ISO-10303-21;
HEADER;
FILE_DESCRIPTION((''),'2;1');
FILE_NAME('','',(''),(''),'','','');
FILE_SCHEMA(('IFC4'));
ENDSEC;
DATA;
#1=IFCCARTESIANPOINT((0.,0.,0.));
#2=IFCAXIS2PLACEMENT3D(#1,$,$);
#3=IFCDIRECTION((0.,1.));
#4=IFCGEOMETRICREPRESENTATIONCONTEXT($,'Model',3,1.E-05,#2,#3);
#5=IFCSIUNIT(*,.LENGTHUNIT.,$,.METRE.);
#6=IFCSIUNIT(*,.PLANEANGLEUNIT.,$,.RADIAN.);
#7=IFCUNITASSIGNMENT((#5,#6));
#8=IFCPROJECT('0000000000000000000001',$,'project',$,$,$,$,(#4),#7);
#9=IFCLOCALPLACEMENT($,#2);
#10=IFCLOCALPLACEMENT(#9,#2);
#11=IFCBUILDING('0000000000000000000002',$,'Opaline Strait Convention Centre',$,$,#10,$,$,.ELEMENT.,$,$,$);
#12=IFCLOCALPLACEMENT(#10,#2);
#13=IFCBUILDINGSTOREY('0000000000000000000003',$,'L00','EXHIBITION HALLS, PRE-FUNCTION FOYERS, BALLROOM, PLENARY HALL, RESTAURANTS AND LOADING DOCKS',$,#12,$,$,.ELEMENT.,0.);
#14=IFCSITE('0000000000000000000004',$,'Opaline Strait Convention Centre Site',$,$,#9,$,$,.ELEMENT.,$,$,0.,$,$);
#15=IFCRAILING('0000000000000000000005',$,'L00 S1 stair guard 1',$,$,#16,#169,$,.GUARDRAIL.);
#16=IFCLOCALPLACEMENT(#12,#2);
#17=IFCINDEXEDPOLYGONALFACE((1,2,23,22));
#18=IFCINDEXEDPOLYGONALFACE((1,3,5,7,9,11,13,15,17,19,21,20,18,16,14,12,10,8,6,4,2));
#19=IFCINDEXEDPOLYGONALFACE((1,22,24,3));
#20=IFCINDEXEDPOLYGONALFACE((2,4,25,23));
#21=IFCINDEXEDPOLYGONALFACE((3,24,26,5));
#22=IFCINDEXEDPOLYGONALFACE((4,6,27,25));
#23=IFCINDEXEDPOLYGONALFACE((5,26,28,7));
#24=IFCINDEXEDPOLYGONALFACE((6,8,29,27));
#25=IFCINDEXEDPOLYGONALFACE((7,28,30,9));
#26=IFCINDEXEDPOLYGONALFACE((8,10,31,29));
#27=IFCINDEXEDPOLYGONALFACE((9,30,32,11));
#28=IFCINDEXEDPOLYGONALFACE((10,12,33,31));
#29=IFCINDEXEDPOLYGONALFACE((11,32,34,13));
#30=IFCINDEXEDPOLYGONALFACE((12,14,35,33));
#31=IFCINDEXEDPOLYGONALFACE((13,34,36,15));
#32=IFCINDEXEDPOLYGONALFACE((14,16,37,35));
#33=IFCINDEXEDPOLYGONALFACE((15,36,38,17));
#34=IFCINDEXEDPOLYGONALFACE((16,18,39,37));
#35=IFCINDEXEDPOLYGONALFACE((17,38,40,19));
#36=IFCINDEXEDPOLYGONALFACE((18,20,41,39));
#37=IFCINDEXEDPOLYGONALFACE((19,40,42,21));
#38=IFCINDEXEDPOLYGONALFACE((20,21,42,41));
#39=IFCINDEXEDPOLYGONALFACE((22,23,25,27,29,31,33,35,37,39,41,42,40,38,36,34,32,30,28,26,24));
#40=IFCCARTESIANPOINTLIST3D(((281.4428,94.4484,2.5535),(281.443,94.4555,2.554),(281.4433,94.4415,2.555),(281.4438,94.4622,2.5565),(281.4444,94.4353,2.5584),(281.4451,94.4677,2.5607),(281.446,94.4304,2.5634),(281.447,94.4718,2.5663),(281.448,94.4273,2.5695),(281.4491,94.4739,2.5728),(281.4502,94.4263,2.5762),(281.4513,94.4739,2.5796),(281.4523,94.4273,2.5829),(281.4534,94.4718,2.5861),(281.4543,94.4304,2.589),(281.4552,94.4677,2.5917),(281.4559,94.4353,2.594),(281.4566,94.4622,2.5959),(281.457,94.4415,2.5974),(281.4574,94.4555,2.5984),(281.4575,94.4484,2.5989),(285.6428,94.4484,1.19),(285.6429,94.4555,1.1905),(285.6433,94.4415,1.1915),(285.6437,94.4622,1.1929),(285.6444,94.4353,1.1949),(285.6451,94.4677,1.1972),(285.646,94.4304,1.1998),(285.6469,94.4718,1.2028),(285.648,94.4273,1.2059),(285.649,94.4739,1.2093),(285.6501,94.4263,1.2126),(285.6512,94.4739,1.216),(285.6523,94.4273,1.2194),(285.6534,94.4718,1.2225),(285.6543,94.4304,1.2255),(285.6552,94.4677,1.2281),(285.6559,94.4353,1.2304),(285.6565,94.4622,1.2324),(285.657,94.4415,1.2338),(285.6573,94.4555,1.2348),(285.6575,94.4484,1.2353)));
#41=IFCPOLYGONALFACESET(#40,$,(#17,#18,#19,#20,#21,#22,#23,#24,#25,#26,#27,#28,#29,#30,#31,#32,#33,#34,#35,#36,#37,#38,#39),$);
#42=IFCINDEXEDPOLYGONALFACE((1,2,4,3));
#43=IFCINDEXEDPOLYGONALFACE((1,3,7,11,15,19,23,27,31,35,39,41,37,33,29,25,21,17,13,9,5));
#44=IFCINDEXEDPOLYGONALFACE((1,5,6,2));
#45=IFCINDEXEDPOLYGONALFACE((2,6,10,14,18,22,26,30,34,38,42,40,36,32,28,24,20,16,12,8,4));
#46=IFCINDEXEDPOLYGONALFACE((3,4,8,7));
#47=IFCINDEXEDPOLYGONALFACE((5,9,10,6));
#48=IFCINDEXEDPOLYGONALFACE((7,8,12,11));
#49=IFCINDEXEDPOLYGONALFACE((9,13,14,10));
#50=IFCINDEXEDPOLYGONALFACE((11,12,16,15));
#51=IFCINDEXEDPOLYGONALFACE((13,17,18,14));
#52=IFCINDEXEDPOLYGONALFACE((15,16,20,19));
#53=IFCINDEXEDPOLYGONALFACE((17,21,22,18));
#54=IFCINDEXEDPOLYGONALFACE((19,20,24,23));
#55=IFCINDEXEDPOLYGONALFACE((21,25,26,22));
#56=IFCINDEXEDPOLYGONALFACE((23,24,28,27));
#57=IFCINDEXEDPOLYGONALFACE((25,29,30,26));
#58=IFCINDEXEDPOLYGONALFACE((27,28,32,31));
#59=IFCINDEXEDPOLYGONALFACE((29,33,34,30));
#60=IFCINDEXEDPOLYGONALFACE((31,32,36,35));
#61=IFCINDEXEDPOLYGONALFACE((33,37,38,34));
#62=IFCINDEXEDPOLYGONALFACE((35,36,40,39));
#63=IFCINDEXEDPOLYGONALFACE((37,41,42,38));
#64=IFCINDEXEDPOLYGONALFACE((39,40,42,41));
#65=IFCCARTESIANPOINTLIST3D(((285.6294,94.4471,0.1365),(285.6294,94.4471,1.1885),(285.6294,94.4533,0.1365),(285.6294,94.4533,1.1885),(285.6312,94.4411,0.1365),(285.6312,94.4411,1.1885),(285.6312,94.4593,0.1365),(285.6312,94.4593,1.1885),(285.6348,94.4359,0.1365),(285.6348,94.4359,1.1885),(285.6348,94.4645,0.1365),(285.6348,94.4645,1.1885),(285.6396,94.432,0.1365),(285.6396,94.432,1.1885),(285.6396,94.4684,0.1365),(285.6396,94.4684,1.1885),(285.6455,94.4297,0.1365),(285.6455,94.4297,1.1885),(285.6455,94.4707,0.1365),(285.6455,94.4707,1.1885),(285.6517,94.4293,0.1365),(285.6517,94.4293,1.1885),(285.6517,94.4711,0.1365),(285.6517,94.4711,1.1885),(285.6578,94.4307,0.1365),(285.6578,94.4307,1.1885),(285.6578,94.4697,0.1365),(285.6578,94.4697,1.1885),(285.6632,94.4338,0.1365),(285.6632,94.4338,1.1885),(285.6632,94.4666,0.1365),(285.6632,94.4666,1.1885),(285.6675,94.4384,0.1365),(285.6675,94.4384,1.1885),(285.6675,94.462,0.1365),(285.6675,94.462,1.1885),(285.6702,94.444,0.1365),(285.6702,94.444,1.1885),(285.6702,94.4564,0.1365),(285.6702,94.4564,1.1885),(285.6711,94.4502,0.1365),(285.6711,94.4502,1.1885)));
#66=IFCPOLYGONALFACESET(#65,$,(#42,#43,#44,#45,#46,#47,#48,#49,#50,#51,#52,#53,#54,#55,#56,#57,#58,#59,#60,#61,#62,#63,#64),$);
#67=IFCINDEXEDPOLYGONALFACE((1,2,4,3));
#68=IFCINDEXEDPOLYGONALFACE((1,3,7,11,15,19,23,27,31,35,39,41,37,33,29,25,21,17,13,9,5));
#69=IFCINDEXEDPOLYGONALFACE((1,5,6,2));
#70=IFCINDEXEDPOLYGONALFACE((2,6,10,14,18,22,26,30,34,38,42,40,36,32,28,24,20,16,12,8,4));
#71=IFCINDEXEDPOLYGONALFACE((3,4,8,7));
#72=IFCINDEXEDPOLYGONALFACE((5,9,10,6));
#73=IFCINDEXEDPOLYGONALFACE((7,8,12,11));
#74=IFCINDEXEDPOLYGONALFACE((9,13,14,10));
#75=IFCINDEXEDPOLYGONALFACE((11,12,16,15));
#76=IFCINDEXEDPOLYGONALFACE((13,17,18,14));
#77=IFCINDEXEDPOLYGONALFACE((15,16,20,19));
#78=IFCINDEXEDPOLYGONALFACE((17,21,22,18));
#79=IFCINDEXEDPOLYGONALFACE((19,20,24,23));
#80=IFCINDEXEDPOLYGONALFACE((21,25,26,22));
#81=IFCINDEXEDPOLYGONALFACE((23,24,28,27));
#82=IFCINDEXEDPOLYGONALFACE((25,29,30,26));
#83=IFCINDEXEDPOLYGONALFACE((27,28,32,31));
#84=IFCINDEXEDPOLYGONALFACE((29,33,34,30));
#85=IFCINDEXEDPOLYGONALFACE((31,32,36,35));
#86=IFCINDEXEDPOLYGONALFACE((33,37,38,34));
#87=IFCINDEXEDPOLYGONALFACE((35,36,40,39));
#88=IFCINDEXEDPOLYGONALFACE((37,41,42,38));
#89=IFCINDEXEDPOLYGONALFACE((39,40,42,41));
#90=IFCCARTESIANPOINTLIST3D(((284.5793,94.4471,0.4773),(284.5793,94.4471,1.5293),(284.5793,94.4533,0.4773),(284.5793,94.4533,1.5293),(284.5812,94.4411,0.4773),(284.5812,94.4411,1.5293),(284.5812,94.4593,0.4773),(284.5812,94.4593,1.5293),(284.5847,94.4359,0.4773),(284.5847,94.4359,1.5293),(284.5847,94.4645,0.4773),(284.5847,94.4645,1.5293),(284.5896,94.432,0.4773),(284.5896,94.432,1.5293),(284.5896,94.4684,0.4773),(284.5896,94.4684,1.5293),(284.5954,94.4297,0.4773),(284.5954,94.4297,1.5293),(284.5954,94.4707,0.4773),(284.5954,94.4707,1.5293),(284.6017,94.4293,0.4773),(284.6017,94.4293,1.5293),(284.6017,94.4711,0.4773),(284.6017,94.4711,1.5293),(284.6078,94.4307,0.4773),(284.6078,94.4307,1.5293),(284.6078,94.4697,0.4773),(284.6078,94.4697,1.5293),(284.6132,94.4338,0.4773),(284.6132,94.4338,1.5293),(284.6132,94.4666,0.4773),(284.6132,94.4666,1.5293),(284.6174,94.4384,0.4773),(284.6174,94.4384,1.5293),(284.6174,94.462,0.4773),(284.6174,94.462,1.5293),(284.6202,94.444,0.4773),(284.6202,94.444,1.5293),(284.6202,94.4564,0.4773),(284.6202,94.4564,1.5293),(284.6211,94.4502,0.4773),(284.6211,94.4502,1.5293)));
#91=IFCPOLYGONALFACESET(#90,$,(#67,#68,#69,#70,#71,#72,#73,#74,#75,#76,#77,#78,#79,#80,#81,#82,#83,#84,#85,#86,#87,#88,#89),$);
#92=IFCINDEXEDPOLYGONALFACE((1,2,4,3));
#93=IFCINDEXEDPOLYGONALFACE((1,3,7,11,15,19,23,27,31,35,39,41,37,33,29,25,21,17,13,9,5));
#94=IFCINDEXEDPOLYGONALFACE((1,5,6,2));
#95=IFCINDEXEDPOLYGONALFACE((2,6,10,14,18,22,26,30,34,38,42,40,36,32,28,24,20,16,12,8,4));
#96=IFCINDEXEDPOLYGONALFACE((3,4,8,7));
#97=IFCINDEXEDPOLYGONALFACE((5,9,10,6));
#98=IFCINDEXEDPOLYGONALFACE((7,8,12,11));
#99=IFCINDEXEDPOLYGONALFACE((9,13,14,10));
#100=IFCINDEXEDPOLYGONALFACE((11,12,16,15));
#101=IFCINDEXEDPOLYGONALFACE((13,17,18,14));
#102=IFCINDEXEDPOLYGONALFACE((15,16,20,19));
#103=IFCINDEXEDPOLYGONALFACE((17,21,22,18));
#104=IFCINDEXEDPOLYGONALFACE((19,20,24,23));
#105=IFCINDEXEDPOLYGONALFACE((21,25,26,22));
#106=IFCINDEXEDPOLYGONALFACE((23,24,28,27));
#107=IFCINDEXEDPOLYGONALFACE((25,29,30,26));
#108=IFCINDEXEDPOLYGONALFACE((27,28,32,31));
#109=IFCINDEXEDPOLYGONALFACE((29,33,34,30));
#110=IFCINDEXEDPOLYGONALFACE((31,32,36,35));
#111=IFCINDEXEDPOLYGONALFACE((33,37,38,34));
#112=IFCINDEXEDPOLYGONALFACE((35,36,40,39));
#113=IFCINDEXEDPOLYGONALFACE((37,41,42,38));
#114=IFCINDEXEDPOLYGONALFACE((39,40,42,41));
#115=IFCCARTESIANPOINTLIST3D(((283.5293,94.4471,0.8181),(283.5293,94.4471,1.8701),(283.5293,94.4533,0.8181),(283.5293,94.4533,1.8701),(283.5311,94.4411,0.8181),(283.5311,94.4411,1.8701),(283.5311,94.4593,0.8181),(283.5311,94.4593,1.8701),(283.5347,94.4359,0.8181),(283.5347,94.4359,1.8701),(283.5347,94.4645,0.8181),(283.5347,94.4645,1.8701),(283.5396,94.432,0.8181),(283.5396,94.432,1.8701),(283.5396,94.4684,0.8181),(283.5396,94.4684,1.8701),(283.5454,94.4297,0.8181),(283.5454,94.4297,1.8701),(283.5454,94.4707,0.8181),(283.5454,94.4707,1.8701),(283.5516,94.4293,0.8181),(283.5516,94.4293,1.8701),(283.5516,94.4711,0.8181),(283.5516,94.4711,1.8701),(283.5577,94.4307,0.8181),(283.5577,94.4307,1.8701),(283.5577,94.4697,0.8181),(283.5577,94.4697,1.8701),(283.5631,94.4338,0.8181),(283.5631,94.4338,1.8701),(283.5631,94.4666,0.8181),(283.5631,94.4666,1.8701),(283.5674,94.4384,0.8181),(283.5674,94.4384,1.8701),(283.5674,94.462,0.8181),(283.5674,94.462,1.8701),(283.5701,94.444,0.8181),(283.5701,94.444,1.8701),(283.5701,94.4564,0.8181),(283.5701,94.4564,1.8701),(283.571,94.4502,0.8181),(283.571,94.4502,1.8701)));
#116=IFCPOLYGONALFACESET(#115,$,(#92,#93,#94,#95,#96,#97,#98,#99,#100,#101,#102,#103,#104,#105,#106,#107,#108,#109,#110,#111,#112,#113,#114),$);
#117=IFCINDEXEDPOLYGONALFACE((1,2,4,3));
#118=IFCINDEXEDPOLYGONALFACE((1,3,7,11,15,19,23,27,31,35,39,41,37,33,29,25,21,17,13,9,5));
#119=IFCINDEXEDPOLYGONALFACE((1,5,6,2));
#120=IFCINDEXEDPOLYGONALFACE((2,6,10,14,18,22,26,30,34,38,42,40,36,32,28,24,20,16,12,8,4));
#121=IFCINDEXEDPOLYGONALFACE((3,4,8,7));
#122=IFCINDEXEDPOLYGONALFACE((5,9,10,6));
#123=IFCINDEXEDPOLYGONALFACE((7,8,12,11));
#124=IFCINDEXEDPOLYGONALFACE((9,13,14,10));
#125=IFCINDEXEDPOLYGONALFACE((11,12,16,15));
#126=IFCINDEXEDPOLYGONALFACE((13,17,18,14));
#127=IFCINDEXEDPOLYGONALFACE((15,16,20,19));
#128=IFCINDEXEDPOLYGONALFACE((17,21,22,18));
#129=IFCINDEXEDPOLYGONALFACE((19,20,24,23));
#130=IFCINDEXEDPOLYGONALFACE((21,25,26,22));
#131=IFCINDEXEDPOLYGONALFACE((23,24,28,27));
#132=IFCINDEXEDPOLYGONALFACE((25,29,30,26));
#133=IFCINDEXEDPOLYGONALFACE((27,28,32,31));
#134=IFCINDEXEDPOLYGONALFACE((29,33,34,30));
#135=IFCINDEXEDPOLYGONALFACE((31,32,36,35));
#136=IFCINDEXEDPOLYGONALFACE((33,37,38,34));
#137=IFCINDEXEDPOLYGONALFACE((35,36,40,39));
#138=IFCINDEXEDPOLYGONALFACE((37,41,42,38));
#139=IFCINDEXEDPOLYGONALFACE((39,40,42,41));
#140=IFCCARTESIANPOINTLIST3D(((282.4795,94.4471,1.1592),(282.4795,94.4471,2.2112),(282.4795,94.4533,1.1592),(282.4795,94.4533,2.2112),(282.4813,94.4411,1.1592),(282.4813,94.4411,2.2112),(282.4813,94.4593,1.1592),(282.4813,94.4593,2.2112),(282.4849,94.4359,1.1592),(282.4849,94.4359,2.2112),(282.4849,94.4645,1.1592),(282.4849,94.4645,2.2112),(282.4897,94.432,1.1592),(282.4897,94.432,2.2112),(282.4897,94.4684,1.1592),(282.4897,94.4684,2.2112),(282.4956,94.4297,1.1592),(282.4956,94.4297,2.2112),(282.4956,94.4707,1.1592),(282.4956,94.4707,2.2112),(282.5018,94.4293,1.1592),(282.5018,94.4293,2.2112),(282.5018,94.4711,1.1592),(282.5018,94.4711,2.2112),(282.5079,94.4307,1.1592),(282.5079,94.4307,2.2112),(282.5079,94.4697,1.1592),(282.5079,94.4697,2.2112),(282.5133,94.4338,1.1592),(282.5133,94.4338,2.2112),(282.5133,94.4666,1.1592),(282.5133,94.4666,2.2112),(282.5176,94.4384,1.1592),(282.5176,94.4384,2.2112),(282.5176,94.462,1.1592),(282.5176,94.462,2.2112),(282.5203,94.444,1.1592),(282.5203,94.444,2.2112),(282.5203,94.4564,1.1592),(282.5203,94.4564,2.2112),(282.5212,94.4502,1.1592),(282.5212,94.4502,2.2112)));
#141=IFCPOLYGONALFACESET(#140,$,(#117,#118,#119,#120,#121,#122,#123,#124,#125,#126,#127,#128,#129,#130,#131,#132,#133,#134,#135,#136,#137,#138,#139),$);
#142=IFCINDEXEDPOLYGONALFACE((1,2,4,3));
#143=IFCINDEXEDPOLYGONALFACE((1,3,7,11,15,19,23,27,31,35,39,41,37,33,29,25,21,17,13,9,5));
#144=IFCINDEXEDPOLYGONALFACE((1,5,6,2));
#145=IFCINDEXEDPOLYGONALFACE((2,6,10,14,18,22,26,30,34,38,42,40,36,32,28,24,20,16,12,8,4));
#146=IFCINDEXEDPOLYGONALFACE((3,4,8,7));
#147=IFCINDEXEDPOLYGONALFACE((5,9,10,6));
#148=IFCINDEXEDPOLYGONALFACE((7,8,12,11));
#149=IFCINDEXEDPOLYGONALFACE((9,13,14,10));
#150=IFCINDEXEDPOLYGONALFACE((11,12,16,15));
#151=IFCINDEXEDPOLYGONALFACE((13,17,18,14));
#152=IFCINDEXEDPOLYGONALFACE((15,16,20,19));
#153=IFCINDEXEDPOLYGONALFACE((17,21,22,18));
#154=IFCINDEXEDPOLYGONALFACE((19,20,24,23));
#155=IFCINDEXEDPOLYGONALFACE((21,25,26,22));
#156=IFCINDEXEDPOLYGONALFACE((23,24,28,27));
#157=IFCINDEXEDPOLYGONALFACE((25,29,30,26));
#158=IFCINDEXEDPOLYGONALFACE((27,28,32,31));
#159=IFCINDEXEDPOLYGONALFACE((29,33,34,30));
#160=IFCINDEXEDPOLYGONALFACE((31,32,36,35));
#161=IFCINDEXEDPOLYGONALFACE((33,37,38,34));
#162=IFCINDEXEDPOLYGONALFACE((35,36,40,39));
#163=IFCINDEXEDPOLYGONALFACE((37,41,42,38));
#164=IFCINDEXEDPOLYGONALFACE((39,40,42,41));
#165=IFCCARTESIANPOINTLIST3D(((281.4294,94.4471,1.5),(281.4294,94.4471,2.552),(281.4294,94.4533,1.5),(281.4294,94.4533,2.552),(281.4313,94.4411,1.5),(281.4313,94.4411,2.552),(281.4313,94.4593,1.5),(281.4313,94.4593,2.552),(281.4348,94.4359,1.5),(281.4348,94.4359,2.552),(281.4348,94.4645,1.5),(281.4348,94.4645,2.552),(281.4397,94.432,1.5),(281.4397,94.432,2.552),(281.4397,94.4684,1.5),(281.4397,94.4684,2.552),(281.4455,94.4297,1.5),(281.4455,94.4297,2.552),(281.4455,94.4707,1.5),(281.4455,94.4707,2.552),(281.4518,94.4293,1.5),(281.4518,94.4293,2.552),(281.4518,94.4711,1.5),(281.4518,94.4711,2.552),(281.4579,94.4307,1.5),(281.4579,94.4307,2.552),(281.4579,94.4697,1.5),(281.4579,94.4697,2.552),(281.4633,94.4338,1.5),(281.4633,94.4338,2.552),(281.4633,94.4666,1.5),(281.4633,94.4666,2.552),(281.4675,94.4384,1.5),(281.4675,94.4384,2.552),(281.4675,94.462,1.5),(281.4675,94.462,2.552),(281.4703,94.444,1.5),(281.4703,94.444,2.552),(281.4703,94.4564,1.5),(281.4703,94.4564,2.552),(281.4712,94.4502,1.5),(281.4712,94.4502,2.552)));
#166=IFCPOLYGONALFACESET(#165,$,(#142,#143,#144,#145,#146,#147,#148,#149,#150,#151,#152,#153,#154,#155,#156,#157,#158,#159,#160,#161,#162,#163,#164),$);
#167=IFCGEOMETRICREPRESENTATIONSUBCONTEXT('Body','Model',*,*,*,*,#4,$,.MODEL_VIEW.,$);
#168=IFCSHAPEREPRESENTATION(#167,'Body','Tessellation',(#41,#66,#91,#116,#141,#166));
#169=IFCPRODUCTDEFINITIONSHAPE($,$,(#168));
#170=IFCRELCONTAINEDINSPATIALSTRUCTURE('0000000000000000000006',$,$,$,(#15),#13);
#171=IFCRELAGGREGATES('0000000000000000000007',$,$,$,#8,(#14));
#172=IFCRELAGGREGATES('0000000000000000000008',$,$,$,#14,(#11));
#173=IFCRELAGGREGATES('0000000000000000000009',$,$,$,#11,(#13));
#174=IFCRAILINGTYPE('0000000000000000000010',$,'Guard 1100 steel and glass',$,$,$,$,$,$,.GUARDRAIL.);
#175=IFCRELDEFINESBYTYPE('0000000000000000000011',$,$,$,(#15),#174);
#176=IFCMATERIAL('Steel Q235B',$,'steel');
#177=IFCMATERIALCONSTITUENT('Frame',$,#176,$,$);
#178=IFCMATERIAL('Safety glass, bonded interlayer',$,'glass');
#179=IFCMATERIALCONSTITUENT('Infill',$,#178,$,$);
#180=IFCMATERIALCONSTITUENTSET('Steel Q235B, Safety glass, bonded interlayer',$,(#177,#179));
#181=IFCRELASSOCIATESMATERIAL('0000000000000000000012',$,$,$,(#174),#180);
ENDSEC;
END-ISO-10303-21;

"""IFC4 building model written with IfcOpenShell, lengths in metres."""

from ifc_helpers import new_model, si_unit, direction, frame, origin, origin_2d, place, context, subcontext, project, spatial, circle, extrude, material, constituent, constituent_set, type_object, element, save


model = new_model("IFC4")

# Units and contexts
model_context = context("Model", 3, precision=1e-05, world=origin(), true_north=direction((0.0, 1.0)))
body_context = subcontext(model_context, "Body", "Model", "MODEL_VIEW")
ifc_project = project(units=[si_unit("LENGTHUNIT", "METRE"), si_unit("PLANEANGLEUNIT", "RADIAN")], contexts=[model_context])

# Site, building, storey
site_placement = place(None, origin())
site = spatial("IfcSite", under=ifc_project, at=site_placement, Name="Opaline Strait Convention Centre Site", CompositionType="ELEMENT", RefElevation=0.0)
building_placement = place(site_placement, origin())
building = spatial("IfcBuilding", under=site, at=building_placement, Name="Opaline Strait Convention Centre", CompositionType="ELEMENT")
storey_placement = place(building_placement, origin())
storey = spatial("IfcBuildingStorey", under=building, at=storey_placement, Name="L00", Description="EXHIBITION HALLS, PRE-FUNCTION FOYERS, BALLROOM, PLENARY HALL, RESTAURANTS AND LOADING DOCKS", CompositionType="ELEMENT", Elevation=0.0)

# Railing
ifc_material_1 = material(Name="Steel Q235B", Category="steel")
ifc_constituent_1 = constituent(ifc_material_1, Name="Frame")
ifc_material_2 = material(Name="Safety glass, bonded interlayer", Category="glass")
ifc_constituent_2 = constituent(ifc_material_2, Name="Infill")
ifc_constituent_set = constituent_set(constituents=[ifc_constituent_1, ifc_constituent_2], Name="Steel Q235B, Safety glass, bonded interlayer")
railing_type_1 = type_object("IfcRailingType", Name="Guard 1100 steel and glass", PredefinedType="GUARDRAIL", material=ifc_constituent_set)
for number, where, name in (
    (1, (285.6501, 94.4502, 0.1365), "L00 S1 stair guard 1"),
):
    element("IfcRailing", number, at=place(storey_placement, frame(where)), inside=storey, type_object=railing_type_1, Name=name, PredefinedType="GUARDRAIL", context=body_context, shape_type="SweptSolid", body=[
        extrude(circle(Radius=0.0239, at=origin_2d()), frame((0.0, 0.0, 1.0762), z_axis=(-0.951131, 0.0, 0.308787), x_axis=(0.0, -1.0, 0.0)), (0.0, 0.0, 1.0), 4.4158),
        extrude(circle(Radius=0.021, at=origin_2d()), origin(), (0.0, 0.0, 1.0), 1.052),
        extrude(circle(Radius=0.021, at=origin_2d()), frame((-1.05, 0.0, 0.3408)), (0.0, 0.0, 1.0), 1.052),
        extrude(circle(Radius=0.021, at=origin_2d()), frame((-2.1001, 0.0, 0.6816)), (0.0, 0.0, 1.0), 1.052),
        extrude(circle(Radius=0.021, at=origin_2d()), frame((-3.1499, 0.0, 1.0227)), (0.0, 0.0, 1.0), 1.052),
        extrude(circle(Radius=0.021, at=origin_2d()), frame((-4.2, 0.0, 1.3635)), (0.0, 0.0, 1.0), 1.052),
    ])

save(model, "model.ifc")
